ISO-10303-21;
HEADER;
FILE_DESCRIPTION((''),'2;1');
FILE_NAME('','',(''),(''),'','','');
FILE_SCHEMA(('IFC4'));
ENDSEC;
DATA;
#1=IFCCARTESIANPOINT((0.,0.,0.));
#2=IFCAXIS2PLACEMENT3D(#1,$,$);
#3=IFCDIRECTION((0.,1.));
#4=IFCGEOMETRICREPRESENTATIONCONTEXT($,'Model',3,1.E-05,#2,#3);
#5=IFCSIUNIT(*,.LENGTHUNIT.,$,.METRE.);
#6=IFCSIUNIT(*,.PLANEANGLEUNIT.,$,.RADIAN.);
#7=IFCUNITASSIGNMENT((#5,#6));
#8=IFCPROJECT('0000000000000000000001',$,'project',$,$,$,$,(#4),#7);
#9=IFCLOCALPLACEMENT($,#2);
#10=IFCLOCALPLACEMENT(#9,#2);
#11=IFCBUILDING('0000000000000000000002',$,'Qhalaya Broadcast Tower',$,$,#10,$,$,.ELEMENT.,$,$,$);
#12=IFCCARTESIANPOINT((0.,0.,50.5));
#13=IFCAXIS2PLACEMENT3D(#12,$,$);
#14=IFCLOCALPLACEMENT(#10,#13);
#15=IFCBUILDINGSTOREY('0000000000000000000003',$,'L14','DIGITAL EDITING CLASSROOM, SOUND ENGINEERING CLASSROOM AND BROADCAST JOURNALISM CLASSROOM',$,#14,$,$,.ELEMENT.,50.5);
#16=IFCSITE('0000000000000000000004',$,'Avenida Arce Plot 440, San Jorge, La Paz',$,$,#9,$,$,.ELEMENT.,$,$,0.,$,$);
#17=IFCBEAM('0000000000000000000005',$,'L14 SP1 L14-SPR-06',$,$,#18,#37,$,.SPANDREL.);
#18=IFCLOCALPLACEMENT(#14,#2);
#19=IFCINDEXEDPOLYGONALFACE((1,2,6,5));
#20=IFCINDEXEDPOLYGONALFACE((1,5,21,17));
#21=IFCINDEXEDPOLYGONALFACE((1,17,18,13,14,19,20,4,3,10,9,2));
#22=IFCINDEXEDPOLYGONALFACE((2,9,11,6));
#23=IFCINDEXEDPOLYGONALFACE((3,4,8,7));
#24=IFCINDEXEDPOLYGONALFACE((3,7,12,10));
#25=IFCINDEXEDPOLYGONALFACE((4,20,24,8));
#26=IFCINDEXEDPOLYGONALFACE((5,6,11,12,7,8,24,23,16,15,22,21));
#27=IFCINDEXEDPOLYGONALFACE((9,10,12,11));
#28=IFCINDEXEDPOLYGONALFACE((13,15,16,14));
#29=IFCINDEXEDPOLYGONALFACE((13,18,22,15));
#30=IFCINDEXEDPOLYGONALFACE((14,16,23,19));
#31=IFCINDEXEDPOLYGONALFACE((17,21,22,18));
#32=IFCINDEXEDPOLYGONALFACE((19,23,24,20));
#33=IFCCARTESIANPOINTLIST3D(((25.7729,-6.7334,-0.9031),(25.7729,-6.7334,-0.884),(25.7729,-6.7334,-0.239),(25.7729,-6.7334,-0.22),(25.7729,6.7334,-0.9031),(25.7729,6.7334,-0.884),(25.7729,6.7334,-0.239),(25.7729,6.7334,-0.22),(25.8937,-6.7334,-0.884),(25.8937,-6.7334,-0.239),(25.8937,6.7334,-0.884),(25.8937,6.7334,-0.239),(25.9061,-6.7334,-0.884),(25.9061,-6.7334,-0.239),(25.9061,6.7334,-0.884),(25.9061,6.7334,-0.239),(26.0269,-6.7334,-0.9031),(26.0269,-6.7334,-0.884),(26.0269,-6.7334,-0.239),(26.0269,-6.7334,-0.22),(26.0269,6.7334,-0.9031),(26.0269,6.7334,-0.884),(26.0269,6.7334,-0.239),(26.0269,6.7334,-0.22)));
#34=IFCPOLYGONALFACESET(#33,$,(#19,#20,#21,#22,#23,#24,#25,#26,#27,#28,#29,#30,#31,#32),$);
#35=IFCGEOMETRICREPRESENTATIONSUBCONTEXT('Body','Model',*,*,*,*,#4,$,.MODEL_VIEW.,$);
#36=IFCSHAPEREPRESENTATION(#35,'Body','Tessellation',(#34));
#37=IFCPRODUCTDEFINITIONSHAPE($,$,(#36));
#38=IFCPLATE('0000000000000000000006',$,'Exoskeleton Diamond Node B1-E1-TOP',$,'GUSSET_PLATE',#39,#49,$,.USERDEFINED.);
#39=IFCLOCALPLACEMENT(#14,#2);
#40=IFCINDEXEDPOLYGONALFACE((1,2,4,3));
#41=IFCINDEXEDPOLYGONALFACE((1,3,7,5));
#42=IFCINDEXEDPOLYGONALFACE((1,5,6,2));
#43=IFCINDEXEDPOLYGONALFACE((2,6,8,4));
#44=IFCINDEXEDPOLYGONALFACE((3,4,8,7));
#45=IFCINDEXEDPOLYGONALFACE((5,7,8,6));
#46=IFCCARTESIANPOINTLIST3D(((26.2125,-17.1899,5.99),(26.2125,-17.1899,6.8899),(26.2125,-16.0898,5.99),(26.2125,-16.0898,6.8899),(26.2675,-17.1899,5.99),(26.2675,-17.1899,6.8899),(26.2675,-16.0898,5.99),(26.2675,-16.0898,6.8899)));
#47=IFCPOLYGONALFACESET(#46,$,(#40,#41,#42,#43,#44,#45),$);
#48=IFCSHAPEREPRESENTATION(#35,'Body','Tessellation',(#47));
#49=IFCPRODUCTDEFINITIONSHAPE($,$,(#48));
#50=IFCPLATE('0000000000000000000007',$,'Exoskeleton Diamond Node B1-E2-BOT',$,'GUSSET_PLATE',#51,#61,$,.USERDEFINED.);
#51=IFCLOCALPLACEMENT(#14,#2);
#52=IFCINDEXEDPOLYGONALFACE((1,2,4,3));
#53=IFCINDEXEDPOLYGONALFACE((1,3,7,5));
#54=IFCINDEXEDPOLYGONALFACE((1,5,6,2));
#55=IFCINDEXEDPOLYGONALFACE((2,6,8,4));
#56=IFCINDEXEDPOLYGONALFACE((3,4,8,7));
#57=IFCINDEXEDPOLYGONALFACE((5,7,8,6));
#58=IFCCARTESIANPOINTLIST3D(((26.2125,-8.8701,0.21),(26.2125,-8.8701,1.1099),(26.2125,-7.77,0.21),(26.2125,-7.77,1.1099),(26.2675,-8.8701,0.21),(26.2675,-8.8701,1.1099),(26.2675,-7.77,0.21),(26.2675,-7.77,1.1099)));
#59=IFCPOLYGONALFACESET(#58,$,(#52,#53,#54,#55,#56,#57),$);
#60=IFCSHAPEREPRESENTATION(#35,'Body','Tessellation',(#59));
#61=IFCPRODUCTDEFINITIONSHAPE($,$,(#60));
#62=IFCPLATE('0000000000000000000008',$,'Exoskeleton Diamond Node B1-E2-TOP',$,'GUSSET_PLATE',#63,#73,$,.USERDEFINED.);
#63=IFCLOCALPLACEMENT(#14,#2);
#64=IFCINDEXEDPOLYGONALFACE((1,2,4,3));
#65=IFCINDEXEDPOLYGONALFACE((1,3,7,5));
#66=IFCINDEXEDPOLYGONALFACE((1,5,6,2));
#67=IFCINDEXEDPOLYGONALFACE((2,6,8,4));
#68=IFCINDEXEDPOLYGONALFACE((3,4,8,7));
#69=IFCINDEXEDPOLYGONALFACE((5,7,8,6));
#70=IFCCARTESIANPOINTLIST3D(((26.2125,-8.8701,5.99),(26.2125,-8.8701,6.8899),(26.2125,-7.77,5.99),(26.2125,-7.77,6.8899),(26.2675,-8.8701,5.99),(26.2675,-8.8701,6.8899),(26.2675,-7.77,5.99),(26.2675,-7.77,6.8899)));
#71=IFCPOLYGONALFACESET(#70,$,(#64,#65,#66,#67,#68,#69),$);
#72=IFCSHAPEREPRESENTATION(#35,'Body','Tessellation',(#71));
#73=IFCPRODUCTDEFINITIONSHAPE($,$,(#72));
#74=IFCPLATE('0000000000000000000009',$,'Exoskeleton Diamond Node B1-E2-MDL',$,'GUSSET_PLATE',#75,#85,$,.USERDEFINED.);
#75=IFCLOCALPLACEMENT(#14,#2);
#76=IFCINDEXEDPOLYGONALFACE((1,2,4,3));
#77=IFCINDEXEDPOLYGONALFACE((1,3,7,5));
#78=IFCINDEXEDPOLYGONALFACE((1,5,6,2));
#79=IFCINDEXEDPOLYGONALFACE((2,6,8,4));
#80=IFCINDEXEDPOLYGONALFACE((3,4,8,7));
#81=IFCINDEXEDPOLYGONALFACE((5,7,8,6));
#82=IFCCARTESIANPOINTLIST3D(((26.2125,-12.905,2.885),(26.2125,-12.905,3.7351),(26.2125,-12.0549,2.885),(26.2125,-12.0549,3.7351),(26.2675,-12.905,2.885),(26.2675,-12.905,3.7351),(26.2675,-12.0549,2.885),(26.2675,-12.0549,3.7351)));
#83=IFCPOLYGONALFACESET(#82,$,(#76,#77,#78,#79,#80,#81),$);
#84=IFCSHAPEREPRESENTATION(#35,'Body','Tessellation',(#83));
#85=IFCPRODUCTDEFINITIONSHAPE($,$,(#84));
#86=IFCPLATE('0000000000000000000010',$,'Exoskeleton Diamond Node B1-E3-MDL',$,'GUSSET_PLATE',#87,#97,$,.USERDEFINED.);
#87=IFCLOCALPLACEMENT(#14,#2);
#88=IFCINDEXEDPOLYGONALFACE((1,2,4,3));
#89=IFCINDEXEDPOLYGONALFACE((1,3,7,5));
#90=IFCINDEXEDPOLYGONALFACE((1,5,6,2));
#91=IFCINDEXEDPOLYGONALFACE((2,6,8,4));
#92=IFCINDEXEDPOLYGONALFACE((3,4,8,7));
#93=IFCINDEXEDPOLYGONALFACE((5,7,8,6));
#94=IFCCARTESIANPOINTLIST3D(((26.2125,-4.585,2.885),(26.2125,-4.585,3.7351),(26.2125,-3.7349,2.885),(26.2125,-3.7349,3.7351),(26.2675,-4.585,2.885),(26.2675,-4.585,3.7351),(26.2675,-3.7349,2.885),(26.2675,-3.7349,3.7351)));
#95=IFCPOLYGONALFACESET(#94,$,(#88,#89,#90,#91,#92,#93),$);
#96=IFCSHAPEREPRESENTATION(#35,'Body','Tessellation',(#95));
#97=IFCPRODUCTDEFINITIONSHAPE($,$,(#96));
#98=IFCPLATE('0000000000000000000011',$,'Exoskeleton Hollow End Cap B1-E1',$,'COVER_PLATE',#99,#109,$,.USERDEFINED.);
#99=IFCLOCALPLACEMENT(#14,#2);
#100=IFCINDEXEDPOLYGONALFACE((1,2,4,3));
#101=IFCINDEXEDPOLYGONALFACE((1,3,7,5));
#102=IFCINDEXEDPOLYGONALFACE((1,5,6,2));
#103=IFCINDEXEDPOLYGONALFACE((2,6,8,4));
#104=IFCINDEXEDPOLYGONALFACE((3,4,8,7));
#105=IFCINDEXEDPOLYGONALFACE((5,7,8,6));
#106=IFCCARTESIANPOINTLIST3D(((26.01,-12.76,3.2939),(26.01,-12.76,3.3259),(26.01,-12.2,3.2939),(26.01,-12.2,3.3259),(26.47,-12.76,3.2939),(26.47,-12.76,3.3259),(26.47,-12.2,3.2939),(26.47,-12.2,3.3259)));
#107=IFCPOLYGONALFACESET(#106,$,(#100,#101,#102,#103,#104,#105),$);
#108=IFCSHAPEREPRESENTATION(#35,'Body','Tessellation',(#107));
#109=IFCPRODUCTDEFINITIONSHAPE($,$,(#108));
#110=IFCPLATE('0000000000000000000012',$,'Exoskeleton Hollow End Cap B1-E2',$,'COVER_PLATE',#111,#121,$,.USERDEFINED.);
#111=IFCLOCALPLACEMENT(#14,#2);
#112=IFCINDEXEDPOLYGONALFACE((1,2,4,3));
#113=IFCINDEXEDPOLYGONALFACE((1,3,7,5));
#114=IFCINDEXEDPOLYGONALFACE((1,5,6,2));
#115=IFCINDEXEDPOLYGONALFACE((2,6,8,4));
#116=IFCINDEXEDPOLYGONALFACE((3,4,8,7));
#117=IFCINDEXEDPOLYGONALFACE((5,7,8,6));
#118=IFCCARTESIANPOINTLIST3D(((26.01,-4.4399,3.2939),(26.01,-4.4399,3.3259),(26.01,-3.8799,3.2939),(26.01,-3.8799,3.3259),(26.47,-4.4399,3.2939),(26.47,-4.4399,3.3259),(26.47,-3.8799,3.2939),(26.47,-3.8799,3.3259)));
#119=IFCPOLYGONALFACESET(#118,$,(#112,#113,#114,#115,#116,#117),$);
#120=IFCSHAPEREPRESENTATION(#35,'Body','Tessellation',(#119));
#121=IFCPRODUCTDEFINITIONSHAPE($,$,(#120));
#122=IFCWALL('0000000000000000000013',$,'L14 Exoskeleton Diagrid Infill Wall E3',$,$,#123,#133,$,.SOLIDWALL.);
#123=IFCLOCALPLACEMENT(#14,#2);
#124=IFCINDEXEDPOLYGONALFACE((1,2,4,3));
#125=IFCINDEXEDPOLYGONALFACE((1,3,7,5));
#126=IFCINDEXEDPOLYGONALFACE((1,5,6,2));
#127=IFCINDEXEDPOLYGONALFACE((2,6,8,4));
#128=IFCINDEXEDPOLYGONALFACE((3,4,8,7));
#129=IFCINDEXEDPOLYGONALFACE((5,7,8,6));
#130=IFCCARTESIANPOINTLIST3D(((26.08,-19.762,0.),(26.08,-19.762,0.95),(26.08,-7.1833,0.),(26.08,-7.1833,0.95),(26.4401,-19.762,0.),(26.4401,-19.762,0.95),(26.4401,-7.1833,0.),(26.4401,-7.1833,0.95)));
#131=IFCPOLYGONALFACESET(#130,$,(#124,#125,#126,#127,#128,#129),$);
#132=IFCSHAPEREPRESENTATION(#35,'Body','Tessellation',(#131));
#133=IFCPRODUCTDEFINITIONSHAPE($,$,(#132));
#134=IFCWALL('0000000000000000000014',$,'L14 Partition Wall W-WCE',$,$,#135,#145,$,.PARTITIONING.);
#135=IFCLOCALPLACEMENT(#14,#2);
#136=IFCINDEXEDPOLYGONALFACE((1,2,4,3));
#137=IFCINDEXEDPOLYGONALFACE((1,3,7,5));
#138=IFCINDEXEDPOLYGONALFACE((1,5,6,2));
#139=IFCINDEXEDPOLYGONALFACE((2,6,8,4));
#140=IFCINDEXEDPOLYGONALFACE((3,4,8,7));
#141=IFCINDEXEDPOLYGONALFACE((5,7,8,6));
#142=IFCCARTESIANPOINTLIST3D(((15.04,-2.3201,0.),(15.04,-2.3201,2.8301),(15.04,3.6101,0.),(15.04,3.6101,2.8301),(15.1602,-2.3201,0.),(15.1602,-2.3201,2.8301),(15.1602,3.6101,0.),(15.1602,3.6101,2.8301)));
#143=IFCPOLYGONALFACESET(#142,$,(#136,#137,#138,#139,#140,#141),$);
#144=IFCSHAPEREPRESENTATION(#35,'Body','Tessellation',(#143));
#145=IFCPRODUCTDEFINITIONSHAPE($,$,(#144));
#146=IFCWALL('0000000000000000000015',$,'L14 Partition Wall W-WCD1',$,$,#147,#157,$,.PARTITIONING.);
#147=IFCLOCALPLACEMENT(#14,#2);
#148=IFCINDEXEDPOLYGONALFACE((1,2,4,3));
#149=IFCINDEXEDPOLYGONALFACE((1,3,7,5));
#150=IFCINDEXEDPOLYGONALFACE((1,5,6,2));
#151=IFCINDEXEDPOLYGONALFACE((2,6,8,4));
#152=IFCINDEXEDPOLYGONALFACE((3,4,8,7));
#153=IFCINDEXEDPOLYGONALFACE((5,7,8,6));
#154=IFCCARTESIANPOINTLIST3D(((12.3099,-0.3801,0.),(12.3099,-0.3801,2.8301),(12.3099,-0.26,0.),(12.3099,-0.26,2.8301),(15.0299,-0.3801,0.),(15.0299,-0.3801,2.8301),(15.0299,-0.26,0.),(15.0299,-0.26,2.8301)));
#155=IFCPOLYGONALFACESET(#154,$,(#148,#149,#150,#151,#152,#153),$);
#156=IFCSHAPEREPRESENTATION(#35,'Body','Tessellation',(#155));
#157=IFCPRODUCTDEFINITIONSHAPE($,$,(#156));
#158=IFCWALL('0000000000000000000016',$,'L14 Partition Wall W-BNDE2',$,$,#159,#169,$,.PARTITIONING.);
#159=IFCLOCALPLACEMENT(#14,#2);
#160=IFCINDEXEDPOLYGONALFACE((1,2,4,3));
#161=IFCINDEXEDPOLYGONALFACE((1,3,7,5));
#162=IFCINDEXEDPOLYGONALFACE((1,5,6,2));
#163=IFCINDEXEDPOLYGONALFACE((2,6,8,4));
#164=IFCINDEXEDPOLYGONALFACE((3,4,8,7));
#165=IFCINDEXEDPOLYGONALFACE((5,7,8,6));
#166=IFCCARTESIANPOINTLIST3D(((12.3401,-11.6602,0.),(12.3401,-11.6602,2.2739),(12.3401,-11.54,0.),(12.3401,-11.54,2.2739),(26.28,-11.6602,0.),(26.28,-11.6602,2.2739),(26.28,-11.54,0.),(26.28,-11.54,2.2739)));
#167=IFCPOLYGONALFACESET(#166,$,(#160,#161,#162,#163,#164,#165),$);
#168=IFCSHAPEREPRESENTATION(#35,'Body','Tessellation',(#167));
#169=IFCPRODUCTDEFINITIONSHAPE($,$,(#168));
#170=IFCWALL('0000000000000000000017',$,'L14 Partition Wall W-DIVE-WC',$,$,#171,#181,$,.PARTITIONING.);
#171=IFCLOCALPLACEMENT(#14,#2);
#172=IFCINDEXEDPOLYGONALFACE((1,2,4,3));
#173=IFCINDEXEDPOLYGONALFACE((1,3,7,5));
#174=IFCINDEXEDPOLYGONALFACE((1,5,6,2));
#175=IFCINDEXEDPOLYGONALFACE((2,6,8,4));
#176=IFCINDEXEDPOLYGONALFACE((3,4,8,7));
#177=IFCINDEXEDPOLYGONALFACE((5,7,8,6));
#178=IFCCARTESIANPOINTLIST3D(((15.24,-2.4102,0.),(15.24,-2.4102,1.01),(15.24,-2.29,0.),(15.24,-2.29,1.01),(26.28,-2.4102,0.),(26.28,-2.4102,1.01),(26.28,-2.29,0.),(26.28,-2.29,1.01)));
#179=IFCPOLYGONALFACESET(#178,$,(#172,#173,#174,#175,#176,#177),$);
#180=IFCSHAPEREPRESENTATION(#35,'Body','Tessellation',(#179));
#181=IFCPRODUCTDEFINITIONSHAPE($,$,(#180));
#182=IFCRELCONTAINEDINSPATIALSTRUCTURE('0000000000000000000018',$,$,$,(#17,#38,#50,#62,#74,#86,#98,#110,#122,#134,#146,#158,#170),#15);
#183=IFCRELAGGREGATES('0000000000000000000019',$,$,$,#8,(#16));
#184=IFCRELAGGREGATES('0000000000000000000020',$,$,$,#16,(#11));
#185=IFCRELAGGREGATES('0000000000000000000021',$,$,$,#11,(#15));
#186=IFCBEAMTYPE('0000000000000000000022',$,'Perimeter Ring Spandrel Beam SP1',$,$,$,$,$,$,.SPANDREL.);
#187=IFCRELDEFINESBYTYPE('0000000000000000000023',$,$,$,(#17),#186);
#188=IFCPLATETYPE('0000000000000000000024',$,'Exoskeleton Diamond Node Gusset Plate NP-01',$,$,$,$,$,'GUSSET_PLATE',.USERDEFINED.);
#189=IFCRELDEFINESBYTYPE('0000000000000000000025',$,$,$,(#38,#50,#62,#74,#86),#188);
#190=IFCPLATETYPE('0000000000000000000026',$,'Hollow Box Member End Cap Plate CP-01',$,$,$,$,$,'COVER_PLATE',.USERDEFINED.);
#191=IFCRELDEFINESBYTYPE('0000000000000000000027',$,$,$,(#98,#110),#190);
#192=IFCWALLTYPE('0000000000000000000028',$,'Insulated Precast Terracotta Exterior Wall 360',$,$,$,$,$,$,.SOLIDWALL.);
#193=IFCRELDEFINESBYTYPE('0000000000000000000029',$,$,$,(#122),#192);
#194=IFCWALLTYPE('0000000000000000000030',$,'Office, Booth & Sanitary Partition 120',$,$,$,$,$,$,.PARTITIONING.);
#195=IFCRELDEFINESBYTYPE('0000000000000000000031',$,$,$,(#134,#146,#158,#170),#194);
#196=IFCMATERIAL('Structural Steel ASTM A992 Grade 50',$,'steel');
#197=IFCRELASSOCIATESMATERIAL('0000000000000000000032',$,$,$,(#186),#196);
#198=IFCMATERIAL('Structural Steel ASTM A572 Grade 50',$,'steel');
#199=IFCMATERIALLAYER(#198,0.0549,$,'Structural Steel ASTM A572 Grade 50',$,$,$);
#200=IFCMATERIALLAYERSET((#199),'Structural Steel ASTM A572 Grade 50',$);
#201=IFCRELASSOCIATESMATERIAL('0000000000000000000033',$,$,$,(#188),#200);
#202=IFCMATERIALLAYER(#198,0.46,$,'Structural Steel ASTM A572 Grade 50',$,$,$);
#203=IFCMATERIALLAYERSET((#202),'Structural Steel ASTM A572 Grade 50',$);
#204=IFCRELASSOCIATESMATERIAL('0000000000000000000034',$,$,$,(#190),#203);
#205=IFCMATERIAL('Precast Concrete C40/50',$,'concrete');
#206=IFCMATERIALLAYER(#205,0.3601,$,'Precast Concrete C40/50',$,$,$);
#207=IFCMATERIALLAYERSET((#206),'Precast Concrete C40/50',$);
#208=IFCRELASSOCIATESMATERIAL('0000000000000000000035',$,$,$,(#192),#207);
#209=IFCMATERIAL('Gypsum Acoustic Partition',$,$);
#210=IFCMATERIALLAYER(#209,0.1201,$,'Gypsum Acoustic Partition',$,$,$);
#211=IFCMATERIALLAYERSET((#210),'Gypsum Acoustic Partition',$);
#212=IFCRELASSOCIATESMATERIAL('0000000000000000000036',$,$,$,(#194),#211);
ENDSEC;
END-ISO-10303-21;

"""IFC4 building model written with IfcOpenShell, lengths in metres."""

from ifc_helpers import new_model, si_unit, direction, frame, frame_2d, origin, origin_2d, place, context, subcontext, project, spatial, rectangle, i_section, extrude, material, layer, layer_set, material_profile, profile_set, type_object, element, save


model = new_model("IFC4")

# Units and contexts
model_context = context("Model", 3, precision=1e-05, world=origin(), true_north=direction((0.0, 1.0)))
body_context = subcontext(model_context, "Body", "Model", "MODEL_VIEW")
ifc_project = project(units=[si_unit("LENGTHUNIT", "METRE"), si_unit("PLANEANGLEUNIT", "RADIAN")], contexts=[model_context])

# Site, building, storey
site_placement = place(None, origin())
site = spatial("IfcSite", under=ifc_project, at=site_placement, Name="Avenida Arce Plot 440, San Jorge, La Paz", CompositionType="ELEMENT", RefElevation=0.0)
building_placement = place(site_placement, origin())
building = spatial("IfcBuilding", under=site, at=building_placement, Name="Qhalaya Broadcast Tower", CompositionType="ELEMENT")
storey_placement = place(building_placement, frame((0.0, 0.0, 50.5)))
storey = spatial("IfcBuildingStorey", under=building, at=storey_placement, Name="L14", Description="DIGITAL EDITING CLASSROOM, SOUND ENGINEERING CLASSROOM AND BROADCAST JOURNALISM CLASSROOM", CompositionType="ELEMENT", Elevation=50.5)

# Shared definitions
ifc_material_1 = material(Name="Structural Steel ASTM A992 Grade 50", Category="steel")
ifc_material_2 = material(Name="Structural Steel ASTM A572 Grade 50", Category="steel")

# Beam
ifc_material_profile_1 = material_profile(ifc_material_1, i_section(OverallWidth=0.2539, OverallDepth=0.6831, WebThickness=0.0125, FlangeThickness=0.019, at=origin_2d()), Name="W27X94")
ifc_profile_set_1 = profile_set([ifc_material_profile_1], Name="Structural Steel ASTM A992 Grade 50")
beam_type = type_object("IfcBeamType", Name="Perimeter Ring Spandrel Beam SP1", PredefinedType="SPANDREL", material=ifc_profile_set_1)
beam_placement = place(storey_placement, frame((25.8999, -6.7334, -0.5615), z_axis=(0.0, 1.0, 0.0), x_axis=(-1.0, 0.0, 0.0)))
element("IfcBeam", 1, at=beam_placement, inside=storey, type_object=beam_type, Name="L14 SP1 L14-SPR-06", PredefinedType="SPANDREL", context=body_context, shape_type="SweptSolid", body=[
    extrude(i_section(OverallWidth=0.2539, OverallDepth=0.6831, WebThickness=0.0125, FlangeThickness=0.019, at=origin_2d()), origin(), (0.0, 0.0, 1.0), 13.4668),
])

# Plates
ifc_layer_1 = layer(ifc_material_2, 0.0549, Name="Structural Steel ASTM A572 Grade 50")
ifc_layer_set_1 = layer_set([ifc_layer_1], Name="Structural Steel ASTM A572 Grade 50")
plate_type_1 = type_object("IfcPlateType", Name="Exoskeleton Diamond Node Gusset Plate NP-01", ElementType="GUSSET_PLATE", PredefinedType="USERDEFINED", material=ifc_layer_set_1)
for number, where, z_axis, x_axis, name in (
    (2, (26.24, -16.6399, 5.99), (0.0, 0.0, 1.0), (0.0, 1.0, 0.0), "Exoskeleton Diamond Node B1-E1-TOP"),
    (3, (26.24, -8.3201, 0.21), (0.0, 0.0, 1.0), (0.0, 1.0, 0.0), "Exoskeleton Diamond Node B1-E2-BOT"),
    (4, (26.24, -8.3201, 5.99), (0.0, 0.0, 1.0), (0.0, 1.0, 0.0), "Exoskeleton Diamond Node B1-E2-TOP"),
):
    element("IfcPlate", number, at=place(storey_placement, frame(where, z_axis=z_axis, x_axis=x_axis)), inside=storey, type_object=plate_type_1, Name=name, ObjectType="GUSSET_PLATE", PredefinedType="USERDEFINED", context=body_context, shape_type="SweptSolid", body=[
        extrude(rectangle(XDim=1.1001, YDim=0.0549, at=origin_2d()), origin(), (0.0, 0.0, 1.0), 0.8999),
    ])
for number, where, z_axis, x_axis, name in (
    (5, (26.24, -12.48, 2.885), (0.0, 0.0, 1.0), (0.0, 1.0, 0.0), "Exoskeleton Diamond Node B1-E2-MDL"),
    (6, (26.24, -4.1599, 2.885), (0.0, 0.0, 1.0), (0.0, 1.0, 0.0), "Exoskeleton Diamond Node B1-E3-MDL"),
):
    element("IfcPlate", number, at=place(storey_placement, frame(where, z_axis=z_axis, x_axis=x_axis)), inside=storey, type_object=plate_type_1, Name=name, ObjectType="GUSSET_PLATE", PredefinedType="USERDEFINED", context=body_context, shape_type="SweptSolid", body=[
        extrude(rectangle(XDim=0.8501, YDim=0.0549, at=origin_2d()), origin(), (0.0, 0.0, 1.0), 0.8501),
    ])
ifc_layer_2 = layer(ifc_material_2, 0.46, Name="Structural Steel ASTM A572 Grade 50")
ifc_layer_set_2 = layer_set([ifc_layer_2], Name="Structural Steel ASTM A572 Grade 50")
plate_type_2 = type_object("IfcPlateType", Name="Hollow Box Member End Cap Plate CP-01", ElementType="COVER_PLATE", PredefinedType="USERDEFINED", material=ifc_layer_set_2)
for number, where, z_axis, x_axis, name in (
    (7, (26.24, -12.48, 3.2939), (0.0, 0.0, 1.0), (0.0, 1.0, 0.0), "Exoskeleton Hollow End Cap B1-E1"),
    (8, (26.24, -4.1599, 3.2939), (0.0, 0.0, 1.0), (0.0, 1.0, 0.0), "Exoskeleton Hollow End Cap B1-E2"),
):
    element("IfcPlate", number, at=place(storey_placement, frame(where, z_axis=z_axis, x_axis=x_axis)), inside=storey, type_object=plate_type_2, Name=name, ObjectType="COVER_PLATE", PredefinedType="USERDEFINED", context=body_context, shape_type="SweptSolid", body=[
        extrude(rectangle(XDim=0.5601, YDim=0.46, at=origin_2d()), origin(), (0.0, 0.0, 1.0), 0.032),
    ])

# Walls
ifc_material_3 = material(Name="Precast Concrete C40/50", Category="concrete")
ifc_layer_3 = layer(ifc_material_3, 0.3601, Name="Precast Concrete C40/50")
ifc_layer_set_3 = layer_set([ifc_layer_3], Name="Precast Concrete C40/50")
wall_type_1 = type_object("IfcWallType", Name="Insulated Precast Terracotta Exterior Wall 360", PredefinedType="SOLIDWALL", material=ifc_layer_set_3)
wall_1_placement = place(storey_placement, frame((26.26, -7.1833, 0.0), z_axis=(0.0, 0.0, 1.0), x_axis=(0.0, -1.0, 0.0)))
element("IfcWall", 9, at=wall_1_placement, inside=storey, type_object=wall_type_1, Name="L14 Exoskeleton Diagrid Infill Wall E3", PredefinedType="SOLIDWALL", context=body_context, shape_type="SweptSolid", body=[
    extrude(rectangle(XDim=12.5786, YDim=0.3601, at=frame_2d((6.2893, 0.0))), origin(), (0.0, 0.0, 1.0), 0.95),
])
ifc_material_4 = material(Name="Gypsum Acoustic Partition")
ifc_layer_4 = layer(ifc_material_4, 0.1201, Name="Gypsum Acoustic Partition")
ifc_layer_set_4 = layer_set([ifc_layer_4], Name="Gypsum Acoustic Partition")
wall_type_2 = type_object("IfcWallType", Name="Office, Booth & Sanitary Partition 120", PredefinedType="PARTITIONING", material=ifc_layer_set_4)
wall_2_placement = place(storey_placement, frame((15.1001, -2.3201, 0.0), z_axis=(0.0, 0.0, 1.0), x_axis=(0.0, 1.0, 0.0)))
element("IfcWall", 10, at=wall_2_placement, inside=storey, type_object=wall_type_2, Name="L14 Partition Wall W-WCE", PredefinedType="PARTITIONING", context=body_context, shape_type="SweptSolid", body=[
    extrude(rectangle(XDim=5.9302, YDim=0.1201, at=frame_2d((2.9651, 0.0))), origin(), (0.0, 0.0, 1.0), 2.8301),
])
wall_3_placement = place(storey_placement, frame((12.3101, -0.3201, 0.0), z_axis=(0.0, 0.0, 1.0), x_axis=(1.0, 0.0, 0.0)))
element("IfcWall", 11, at=wall_3_placement, inside=storey, type_object=wall_type_2, Name="L14 Partition Wall W-WCD1", PredefinedType="PARTITIONING", context=body_context, shape_type="SweptSolid", body=[
    extrude(rectangle(XDim=2.72, YDim=0.1201, at=frame_2d((1.3599, 0.0))), origin(), (0.0, 0.0, 1.0), 2.8301),
])
wall_4_placement = place(storey_placement, frame((12.3401, -11.6001, 0.0), z_axis=(0.0, 0.0, 1.0), x_axis=(1.0, 0.0, 0.0)))
element("IfcWall", 12, at=wall_4_placement, inside=storey, type_object=wall_type_2, Name="L14 Partition Wall W-BNDE2", PredefinedType="PARTITIONING", context=body_context, shape_type="SweptSolid", body=[
    extrude(rectangle(XDim=13.9399, YDim=0.1201, at=frame_2d((6.97, 0.0))), origin(), (0.0, 0.0, 1.0), 2.2739),
])
wall_5_placement = place(storey_placement, frame((15.24, -2.3501, 0.0), z_axis=(0.0, 0.0, 1.0), x_axis=(1.0, 0.0, 0.0)))
element("IfcWall", 13, at=wall_5_placement, inside=storey, type_object=wall_type_2, Name="L14 Partition Wall W-DIVE-WC", PredefinedType="PARTITIONING", context=body_context, shape_type="SweptSolid", body=[
    extrude(rectangle(XDim=11.04, YDim=0.1201, at=frame_2d((5.52, 0.0))), origin(), (0.0, 0.0, 1.0), 1.01),
])

save(model, "model.ifc")
